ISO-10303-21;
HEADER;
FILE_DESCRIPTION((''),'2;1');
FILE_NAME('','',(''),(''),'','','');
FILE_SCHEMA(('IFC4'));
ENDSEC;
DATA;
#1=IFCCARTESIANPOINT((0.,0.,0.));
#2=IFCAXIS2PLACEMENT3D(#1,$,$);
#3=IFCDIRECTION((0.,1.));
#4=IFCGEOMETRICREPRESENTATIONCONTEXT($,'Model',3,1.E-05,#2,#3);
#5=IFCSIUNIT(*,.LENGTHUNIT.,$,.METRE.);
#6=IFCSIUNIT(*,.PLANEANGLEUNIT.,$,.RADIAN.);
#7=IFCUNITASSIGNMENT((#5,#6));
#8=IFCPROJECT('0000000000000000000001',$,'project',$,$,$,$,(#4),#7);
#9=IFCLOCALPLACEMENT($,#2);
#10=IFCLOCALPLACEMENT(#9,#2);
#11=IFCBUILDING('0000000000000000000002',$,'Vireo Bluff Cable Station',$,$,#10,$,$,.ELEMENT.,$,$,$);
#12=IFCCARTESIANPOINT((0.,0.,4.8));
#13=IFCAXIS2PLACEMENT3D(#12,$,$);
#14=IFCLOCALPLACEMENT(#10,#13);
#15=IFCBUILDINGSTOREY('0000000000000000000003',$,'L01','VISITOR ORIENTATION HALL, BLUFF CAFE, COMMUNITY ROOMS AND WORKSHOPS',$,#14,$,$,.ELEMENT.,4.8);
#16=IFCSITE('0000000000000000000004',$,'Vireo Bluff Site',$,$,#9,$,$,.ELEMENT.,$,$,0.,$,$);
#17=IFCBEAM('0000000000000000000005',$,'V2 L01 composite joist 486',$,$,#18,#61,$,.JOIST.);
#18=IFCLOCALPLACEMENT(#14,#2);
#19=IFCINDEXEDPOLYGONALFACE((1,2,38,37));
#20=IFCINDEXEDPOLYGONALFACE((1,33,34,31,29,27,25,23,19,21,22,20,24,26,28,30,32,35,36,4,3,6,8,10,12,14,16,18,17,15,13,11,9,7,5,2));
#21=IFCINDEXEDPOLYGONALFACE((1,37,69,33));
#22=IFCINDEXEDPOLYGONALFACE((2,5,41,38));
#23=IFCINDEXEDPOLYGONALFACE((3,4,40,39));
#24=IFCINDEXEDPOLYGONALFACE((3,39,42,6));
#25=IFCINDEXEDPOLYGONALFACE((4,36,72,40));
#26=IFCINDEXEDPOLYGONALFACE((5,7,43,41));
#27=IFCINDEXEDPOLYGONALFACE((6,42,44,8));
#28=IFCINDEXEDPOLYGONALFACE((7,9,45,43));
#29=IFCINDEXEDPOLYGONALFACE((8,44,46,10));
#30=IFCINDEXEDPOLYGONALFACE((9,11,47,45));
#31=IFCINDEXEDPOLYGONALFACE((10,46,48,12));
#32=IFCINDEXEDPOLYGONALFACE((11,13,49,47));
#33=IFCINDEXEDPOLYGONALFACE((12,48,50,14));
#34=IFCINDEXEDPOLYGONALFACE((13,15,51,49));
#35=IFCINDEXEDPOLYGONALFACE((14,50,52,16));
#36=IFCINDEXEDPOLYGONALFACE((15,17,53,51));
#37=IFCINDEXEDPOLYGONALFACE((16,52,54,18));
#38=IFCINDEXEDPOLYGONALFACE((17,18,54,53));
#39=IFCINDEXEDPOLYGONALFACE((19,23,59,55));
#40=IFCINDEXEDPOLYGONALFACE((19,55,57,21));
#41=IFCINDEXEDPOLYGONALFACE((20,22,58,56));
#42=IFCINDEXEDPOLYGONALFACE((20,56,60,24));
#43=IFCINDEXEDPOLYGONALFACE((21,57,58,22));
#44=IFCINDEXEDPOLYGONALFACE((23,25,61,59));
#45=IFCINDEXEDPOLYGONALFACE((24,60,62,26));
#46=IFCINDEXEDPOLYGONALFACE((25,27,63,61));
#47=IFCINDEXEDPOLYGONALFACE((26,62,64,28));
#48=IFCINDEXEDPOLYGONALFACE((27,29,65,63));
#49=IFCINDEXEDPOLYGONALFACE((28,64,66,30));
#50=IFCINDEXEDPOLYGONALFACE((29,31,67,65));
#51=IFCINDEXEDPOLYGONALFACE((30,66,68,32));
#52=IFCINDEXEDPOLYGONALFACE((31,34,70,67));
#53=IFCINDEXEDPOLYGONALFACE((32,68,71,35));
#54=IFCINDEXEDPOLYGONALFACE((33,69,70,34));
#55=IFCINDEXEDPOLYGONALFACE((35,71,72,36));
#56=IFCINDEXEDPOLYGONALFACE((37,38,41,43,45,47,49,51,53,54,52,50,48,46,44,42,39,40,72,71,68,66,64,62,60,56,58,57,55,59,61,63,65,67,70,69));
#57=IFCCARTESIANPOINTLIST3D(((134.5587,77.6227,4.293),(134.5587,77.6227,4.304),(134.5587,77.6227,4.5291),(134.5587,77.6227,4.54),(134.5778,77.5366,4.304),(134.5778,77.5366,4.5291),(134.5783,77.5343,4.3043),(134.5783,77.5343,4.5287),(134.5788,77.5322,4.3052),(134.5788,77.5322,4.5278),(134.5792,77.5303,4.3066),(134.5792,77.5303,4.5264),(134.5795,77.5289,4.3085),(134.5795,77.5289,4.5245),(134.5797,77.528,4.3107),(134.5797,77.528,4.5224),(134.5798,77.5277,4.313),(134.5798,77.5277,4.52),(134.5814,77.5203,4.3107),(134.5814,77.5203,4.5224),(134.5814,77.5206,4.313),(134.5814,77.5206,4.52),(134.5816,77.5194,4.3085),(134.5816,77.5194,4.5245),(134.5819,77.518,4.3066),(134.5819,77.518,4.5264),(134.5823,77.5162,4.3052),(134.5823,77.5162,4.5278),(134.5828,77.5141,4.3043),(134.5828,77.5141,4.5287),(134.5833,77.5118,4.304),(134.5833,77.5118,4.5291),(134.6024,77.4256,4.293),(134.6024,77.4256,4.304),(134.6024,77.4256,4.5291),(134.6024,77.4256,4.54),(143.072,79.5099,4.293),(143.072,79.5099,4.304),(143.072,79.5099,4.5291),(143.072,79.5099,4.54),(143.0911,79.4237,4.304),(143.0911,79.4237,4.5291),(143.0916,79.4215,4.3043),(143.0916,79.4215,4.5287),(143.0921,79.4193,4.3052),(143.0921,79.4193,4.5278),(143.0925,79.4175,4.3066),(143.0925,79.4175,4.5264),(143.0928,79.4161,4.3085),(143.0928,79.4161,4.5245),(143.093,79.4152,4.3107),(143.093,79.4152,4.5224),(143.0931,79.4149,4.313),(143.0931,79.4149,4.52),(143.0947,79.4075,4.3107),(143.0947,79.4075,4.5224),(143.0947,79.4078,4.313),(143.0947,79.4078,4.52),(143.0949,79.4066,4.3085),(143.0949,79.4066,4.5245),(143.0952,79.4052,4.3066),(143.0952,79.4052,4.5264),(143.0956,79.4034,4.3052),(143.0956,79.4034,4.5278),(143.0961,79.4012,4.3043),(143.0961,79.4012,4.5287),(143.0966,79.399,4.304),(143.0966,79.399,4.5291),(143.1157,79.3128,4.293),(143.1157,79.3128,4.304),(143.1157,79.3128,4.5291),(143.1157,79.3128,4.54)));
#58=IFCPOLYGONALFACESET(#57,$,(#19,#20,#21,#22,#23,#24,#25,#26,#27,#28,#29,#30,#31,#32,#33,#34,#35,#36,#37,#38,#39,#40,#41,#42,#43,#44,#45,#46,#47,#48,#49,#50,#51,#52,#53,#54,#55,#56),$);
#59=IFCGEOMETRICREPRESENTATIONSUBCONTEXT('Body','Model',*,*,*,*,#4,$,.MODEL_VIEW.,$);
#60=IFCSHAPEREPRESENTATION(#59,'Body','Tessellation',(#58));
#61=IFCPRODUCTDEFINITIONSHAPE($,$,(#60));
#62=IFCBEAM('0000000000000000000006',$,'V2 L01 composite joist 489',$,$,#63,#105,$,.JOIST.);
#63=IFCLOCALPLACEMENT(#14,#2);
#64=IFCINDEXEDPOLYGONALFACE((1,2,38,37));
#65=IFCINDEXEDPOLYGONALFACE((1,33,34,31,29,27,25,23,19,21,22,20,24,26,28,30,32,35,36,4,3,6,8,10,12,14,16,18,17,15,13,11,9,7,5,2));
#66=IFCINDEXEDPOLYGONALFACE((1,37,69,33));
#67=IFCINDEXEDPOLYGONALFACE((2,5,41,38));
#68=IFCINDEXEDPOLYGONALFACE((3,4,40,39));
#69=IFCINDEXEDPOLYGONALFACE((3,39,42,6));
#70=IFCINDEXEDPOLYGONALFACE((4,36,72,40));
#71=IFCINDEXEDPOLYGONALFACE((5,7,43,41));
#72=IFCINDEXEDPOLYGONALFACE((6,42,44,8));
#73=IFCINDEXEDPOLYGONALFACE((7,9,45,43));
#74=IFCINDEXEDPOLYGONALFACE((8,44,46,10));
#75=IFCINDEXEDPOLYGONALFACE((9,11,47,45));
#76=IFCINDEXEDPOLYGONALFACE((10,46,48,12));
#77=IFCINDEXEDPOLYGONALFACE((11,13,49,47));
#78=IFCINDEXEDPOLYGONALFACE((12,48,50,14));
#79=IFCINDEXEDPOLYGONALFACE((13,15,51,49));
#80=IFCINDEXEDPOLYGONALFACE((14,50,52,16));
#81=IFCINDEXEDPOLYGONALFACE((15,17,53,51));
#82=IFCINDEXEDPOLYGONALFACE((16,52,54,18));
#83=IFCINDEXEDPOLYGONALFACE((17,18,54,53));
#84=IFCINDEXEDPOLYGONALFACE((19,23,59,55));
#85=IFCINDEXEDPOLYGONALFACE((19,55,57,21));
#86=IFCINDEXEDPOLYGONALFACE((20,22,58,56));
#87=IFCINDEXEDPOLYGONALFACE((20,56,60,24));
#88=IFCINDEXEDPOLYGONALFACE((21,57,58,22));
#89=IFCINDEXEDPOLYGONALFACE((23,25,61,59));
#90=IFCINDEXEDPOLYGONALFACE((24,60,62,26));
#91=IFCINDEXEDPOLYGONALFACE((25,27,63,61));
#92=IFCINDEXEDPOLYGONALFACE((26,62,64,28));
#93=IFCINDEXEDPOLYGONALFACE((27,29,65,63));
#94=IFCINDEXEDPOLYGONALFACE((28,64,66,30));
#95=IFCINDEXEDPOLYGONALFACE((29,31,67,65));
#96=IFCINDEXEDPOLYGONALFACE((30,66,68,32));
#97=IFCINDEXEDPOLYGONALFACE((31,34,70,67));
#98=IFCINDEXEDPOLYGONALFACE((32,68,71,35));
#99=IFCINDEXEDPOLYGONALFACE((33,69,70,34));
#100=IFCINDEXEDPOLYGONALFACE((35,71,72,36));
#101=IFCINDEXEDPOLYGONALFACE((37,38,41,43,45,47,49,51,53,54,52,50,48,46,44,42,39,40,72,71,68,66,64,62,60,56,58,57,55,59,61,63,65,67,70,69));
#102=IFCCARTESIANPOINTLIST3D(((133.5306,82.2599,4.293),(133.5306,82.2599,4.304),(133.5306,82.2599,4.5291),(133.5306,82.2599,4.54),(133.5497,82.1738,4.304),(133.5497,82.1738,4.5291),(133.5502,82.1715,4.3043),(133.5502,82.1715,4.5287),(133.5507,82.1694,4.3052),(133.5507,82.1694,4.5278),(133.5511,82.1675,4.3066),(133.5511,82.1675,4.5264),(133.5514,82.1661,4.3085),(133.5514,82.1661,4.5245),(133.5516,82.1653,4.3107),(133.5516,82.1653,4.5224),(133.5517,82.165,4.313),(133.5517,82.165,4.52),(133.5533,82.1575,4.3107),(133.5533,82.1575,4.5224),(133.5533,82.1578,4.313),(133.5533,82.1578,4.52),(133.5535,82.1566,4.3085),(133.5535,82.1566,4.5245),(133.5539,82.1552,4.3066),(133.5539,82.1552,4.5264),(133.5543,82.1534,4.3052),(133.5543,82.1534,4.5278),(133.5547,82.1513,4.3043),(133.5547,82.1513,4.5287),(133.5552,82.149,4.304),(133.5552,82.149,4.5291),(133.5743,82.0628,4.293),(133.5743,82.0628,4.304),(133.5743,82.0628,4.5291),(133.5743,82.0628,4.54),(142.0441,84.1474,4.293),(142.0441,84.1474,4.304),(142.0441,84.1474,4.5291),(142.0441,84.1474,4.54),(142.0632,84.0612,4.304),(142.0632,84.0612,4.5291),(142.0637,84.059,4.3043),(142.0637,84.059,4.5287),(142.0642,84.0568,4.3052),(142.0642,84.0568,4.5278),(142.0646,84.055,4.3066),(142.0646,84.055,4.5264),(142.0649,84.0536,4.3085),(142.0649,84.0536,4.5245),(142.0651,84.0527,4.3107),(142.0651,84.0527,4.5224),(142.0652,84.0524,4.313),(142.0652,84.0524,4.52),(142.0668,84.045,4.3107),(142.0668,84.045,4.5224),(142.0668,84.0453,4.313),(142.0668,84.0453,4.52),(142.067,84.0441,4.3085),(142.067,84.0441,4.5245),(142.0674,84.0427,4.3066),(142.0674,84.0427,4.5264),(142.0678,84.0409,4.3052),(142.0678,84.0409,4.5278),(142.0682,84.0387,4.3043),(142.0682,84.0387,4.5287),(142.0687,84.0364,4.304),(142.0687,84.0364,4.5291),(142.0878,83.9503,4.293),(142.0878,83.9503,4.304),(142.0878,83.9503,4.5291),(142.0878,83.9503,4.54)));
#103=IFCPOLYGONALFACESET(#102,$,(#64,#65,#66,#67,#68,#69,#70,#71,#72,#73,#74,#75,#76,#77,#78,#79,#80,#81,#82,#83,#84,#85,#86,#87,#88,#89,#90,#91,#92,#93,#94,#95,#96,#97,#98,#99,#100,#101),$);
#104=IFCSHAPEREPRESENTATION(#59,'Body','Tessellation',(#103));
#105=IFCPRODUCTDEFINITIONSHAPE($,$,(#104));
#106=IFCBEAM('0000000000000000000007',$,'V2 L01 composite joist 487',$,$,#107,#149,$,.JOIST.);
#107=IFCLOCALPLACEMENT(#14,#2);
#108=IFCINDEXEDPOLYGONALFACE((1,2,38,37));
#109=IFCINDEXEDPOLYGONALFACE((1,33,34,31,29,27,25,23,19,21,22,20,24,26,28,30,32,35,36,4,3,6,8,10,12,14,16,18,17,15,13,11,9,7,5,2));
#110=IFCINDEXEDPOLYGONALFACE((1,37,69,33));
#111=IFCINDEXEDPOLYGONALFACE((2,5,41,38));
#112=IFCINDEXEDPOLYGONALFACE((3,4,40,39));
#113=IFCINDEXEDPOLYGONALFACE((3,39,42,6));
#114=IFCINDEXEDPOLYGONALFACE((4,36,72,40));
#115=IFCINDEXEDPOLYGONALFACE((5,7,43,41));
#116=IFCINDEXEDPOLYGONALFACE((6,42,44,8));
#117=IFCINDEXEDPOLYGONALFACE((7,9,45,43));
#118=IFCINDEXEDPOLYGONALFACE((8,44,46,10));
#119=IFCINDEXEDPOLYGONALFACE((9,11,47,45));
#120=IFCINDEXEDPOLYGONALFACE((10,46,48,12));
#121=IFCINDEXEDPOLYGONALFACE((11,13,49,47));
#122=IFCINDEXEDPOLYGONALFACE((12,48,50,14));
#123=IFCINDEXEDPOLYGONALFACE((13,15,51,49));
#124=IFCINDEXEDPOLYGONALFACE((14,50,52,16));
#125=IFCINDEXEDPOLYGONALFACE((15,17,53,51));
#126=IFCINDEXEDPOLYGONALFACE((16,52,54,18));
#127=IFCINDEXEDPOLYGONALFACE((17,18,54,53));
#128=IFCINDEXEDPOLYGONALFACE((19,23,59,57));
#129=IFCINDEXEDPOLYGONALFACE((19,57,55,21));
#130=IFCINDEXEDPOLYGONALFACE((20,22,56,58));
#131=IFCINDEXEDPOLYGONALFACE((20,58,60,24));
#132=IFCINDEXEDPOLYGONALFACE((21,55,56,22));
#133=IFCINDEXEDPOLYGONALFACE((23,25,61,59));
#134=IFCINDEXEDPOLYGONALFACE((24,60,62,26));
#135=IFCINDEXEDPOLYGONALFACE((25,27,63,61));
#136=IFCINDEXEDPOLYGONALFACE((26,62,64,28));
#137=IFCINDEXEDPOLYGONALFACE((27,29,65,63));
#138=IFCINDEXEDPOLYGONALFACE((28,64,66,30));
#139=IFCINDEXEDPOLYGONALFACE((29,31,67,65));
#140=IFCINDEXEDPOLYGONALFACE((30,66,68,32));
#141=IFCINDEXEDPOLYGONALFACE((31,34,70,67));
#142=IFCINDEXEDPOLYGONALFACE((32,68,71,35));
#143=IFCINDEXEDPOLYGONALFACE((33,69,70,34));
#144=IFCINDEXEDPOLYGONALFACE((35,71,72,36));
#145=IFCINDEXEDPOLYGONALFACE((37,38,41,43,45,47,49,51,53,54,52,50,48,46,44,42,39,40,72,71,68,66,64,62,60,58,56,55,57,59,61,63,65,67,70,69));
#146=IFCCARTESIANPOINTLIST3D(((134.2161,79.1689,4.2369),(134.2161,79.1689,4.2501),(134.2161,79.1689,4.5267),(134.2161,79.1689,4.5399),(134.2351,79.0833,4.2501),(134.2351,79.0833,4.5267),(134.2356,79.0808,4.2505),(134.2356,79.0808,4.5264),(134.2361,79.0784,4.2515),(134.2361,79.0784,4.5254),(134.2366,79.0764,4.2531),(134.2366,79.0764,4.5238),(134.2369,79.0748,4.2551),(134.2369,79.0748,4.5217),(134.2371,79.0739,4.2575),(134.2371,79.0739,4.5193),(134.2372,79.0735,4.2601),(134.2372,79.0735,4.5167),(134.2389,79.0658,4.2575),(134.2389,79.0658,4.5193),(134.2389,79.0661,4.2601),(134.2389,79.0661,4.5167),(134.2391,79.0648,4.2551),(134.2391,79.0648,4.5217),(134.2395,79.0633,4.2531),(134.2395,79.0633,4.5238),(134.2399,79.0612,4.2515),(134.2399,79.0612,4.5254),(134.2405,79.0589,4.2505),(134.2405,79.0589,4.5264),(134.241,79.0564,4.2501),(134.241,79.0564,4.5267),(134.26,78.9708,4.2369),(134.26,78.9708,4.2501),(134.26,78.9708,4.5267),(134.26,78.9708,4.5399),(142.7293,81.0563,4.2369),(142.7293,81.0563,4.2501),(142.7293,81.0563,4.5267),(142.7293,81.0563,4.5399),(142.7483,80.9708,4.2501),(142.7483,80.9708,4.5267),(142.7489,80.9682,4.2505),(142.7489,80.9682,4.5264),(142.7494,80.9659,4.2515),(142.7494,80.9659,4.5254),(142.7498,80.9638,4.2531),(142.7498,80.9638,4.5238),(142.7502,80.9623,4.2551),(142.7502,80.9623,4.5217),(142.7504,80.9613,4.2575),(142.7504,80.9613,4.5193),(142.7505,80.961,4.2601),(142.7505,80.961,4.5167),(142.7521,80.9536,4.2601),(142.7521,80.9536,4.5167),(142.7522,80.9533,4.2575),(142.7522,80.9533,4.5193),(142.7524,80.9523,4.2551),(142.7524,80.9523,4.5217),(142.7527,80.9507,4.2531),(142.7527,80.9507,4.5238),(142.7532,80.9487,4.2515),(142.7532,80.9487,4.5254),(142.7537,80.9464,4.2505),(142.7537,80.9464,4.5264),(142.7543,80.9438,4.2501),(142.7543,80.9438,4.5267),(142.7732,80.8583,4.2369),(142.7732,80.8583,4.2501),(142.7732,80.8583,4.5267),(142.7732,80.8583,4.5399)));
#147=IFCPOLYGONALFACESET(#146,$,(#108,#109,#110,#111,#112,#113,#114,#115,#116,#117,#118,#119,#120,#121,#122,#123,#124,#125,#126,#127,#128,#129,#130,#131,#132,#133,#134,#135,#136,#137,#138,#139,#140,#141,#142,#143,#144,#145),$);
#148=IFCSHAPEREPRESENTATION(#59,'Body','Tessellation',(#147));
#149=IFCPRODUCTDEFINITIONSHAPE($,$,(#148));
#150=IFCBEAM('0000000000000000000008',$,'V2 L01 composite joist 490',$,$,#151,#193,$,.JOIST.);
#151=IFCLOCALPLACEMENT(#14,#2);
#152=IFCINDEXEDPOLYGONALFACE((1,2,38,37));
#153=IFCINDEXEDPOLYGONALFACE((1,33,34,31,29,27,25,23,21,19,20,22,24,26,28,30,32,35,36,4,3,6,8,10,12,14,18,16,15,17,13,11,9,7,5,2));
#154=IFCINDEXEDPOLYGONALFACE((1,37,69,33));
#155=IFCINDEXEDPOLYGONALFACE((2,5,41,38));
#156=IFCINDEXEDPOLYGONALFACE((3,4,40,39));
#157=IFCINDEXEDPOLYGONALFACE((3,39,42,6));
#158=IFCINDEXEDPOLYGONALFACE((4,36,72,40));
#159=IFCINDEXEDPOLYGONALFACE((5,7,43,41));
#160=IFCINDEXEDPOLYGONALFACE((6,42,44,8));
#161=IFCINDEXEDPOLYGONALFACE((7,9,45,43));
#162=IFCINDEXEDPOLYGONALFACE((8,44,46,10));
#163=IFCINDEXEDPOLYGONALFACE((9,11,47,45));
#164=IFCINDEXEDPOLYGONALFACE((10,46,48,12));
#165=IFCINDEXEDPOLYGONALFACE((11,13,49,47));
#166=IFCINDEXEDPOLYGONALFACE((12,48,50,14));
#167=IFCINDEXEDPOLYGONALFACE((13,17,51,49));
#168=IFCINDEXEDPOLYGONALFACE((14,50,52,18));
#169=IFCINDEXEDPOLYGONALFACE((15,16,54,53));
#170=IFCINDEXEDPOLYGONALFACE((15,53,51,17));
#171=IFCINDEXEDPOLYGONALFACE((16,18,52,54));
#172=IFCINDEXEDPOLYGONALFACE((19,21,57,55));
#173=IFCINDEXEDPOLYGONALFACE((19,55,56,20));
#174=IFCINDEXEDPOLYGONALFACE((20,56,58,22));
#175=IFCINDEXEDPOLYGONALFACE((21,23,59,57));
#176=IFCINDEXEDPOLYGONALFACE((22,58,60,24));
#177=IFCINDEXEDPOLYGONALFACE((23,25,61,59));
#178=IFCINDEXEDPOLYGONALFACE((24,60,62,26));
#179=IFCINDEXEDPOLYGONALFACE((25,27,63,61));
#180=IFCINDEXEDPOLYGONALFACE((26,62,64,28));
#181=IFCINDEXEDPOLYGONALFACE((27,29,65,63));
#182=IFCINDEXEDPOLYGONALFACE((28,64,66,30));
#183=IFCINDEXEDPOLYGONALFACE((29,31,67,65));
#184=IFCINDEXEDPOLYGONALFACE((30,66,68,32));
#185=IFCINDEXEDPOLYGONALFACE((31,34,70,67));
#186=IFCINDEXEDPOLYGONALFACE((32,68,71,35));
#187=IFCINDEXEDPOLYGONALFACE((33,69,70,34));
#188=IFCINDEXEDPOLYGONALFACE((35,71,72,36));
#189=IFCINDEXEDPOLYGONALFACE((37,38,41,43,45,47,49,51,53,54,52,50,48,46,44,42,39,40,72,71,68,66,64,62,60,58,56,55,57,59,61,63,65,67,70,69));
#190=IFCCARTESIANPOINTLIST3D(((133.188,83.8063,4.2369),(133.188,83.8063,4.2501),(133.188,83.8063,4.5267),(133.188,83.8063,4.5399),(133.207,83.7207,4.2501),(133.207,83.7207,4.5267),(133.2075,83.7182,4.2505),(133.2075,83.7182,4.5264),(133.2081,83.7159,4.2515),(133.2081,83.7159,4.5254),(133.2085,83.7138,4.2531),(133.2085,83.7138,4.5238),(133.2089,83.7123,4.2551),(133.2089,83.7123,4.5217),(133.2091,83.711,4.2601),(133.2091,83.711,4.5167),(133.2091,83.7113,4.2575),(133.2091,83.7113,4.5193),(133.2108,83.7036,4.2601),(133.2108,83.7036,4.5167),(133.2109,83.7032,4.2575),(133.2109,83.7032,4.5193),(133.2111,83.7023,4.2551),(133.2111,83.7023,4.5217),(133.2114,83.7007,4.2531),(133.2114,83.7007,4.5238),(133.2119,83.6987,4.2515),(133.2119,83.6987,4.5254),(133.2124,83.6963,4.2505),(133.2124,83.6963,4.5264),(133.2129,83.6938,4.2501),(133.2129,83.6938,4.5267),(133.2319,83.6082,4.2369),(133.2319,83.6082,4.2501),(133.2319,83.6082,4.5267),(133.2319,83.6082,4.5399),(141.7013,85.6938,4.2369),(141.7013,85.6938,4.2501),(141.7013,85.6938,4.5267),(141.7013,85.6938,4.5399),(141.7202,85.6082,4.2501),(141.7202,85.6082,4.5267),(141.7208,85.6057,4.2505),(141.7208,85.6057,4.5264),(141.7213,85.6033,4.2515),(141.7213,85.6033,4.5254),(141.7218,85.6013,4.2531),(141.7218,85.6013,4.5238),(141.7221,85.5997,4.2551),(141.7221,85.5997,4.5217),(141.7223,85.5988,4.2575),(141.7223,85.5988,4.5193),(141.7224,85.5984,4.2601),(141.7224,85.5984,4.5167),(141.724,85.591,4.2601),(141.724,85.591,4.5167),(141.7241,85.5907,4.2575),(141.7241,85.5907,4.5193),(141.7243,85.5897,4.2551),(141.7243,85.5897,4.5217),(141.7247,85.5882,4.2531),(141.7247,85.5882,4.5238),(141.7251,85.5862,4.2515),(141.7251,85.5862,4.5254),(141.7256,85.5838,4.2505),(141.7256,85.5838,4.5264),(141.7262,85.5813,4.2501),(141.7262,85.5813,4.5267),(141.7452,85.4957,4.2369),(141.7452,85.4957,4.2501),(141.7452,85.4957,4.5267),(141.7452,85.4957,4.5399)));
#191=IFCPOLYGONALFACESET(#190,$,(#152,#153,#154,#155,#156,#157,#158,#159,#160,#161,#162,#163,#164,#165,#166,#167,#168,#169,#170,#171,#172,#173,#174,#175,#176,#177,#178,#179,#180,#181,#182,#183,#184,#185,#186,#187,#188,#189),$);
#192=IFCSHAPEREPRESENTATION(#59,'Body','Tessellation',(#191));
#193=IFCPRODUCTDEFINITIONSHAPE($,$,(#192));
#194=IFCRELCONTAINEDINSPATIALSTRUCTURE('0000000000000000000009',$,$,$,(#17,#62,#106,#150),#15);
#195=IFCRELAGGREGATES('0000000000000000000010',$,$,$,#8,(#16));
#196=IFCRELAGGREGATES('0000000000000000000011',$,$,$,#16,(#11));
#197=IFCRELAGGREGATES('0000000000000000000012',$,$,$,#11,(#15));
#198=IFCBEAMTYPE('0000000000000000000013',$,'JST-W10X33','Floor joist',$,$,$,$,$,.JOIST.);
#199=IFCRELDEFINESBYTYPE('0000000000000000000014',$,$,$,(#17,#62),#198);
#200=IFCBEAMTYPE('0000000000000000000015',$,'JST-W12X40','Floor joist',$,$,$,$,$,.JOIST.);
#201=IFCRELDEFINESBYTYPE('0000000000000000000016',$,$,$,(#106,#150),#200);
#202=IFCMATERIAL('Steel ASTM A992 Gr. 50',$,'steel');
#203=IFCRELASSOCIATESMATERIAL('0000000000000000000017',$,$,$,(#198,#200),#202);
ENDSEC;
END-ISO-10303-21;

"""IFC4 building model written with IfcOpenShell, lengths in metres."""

from ifc_helpers import new_model, si_unit, direction, frame, origin, origin_2d, place, context, subcontext, project, spatial, i_section, extrude, material, material_profile, profile_set, type_object, element, save


model = new_model("IFC4")

# Units and contexts
model_context = context("Model", 3, precision=1e-05, world=origin(), true_north=direction((0.0, 1.0)))
body_context = subcontext(model_context, "Body", "Model", "MODEL_VIEW")
ifc_project = project(units=[si_unit("LENGTHUNIT", "METRE"), si_unit("PLANEANGLEUNIT", "RADIAN")], contexts=[model_context])

# Site, building, storey
site_placement = place(None, origin())
site = spatial("IfcSite", under=ifc_project, at=site_placement, Name="Vireo Bluff Site", CompositionType="ELEMENT", RefElevation=0.0)
building_placement = place(site_placement, origin())
building = spatial("IfcBuilding", under=site, at=building_placement, Name="Vireo Bluff Cable Station", CompositionType="ELEMENT")
storey_placement = place(building_placement, frame((0.0, 0.0, 4.8)))
storey = spatial("IfcBuildingStorey", under=building, at=storey_placement, Name="L01", Description="VISITOR ORIENTATION HALL, BLUFF CAFE, COMMUNITY ROOMS AND WORKSHOPS", CompositionType="ELEMENT", Elevation=4.8)

# Shared definitions
ifc_material_1 = material(Name="Steel ASTM A992 Gr. 50", Category="steel")

# Beams
ifc_material_profile_1 = material_profile(ifc_material_1, i_section(OverallWidth=0.2019, OverallDepth=0.2471, WebThickness=0.0073, FlangeThickness=0.011, FilletRadius=0.009, at=origin_2d()), Name="W10X33")
ifc_profile_set_1 = profile_set([ifc_material_profile_1], Name="Steel ASTM A992 Gr. 50")
beam_type_1 = type_object("IfcBeamType", Name="JST-W10X33", Description="Floor joist", PredefinedType="JOIST", material=ifc_profile_set_1)
beam_1_placement = place(storey_placement, frame((134.5806, 77.5242, 4.4165), z_axis=(0.9763, 0.216421, 0.0), x_axis=(-0.216421, 0.9763, 0.0)))
element("IfcBeam", 1, at=beam_1_placement, inside=storey, type_object=beam_type_1, Name="V2 L01 composite joist 486", PredefinedType="JOIST", context=body_context, shape_type="SweptSolid", body=[
    extrude(i_section(OverallWidth=0.2019, OverallDepth=0.2471, WebThickness=0.0073, FlangeThickness=0.011, FilletRadius=0.009, at=origin_2d()), origin(), (0.0, 0.0, 1.0), 8.72),
])
beam_2_placement = place(storey_placement, frame((133.5525, 82.1614, 4.4165), z_axis=(0.976294, 0.216447, 0.0), x_axis=(-0.216447, 0.976294, 0.0)))
element("IfcBeam", 2, at=beam_2_placement, inside=storey, type_object=beam_type_1, Name="V2 L01 composite joist 489", PredefinedType="JOIST", context=body_context, shape_type="SweptSolid", body=[
    extrude(i_section(OverallWidth=0.2019, OverallDepth=0.2471, WebThickness=0.0073, FlangeThickness=0.011, FilletRadius=0.009, at=origin_2d()), origin(), (0.0, 0.0, 1.0), 8.7202),
])
ifc_material_profile_2 = material_profile(ifc_material_1, i_section(OverallWidth=0.2029, OverallDepth=0.303, WebThickness=0.0076, FlangeThickness=0.0132, FilletRadius=0.01, at=origin_2d()), Name="W12X40")
ifc_profile_set_2 = profile_set([ifc_material_profile_2], Name="Steel ASTM A992 Gr. 50")
beam_type_2 = type_object("IfcBeamType", Name="JST-W12X40", Description="Floor joist", PredefinedType="JOIST", material=ifc_profile_set_2)
for number, where, z_axis, x_axis, name in (
    (3, (134.238, 79.0698, 4.3884), (0.976293, 0.216453, 0.0), (-0.216453, 0.976293, 0.0), "V2 L01 composite joist 487"),
    (4, (133.21, 83.7073, 4.3884), (0.976293, 0.216453, 0.0), (-0.216453, 0.976293, 0.0), "V2 L01 composite joist 490"),
):
    element("IfcBeam", number, at=place(storey_placement, frame(where, z_axis=z_axis, x_axis=x_axis)), inside=storey, type_object=beam_type_2, Name=name, PredefinedType="JOIST", context=body_context, shape_type="SweptSolid", body=[
        extrude(i_section(OverallWidth=0.2029, OverallDepth=0.303, WebThickness=0.0076, FlangeThickness=0.0132, FilletRadius=0.01, at=origin_2d()), origin(), (0.0, 0.0, 1.0), 8.72),
    ])

save(model, "model.ifc")
